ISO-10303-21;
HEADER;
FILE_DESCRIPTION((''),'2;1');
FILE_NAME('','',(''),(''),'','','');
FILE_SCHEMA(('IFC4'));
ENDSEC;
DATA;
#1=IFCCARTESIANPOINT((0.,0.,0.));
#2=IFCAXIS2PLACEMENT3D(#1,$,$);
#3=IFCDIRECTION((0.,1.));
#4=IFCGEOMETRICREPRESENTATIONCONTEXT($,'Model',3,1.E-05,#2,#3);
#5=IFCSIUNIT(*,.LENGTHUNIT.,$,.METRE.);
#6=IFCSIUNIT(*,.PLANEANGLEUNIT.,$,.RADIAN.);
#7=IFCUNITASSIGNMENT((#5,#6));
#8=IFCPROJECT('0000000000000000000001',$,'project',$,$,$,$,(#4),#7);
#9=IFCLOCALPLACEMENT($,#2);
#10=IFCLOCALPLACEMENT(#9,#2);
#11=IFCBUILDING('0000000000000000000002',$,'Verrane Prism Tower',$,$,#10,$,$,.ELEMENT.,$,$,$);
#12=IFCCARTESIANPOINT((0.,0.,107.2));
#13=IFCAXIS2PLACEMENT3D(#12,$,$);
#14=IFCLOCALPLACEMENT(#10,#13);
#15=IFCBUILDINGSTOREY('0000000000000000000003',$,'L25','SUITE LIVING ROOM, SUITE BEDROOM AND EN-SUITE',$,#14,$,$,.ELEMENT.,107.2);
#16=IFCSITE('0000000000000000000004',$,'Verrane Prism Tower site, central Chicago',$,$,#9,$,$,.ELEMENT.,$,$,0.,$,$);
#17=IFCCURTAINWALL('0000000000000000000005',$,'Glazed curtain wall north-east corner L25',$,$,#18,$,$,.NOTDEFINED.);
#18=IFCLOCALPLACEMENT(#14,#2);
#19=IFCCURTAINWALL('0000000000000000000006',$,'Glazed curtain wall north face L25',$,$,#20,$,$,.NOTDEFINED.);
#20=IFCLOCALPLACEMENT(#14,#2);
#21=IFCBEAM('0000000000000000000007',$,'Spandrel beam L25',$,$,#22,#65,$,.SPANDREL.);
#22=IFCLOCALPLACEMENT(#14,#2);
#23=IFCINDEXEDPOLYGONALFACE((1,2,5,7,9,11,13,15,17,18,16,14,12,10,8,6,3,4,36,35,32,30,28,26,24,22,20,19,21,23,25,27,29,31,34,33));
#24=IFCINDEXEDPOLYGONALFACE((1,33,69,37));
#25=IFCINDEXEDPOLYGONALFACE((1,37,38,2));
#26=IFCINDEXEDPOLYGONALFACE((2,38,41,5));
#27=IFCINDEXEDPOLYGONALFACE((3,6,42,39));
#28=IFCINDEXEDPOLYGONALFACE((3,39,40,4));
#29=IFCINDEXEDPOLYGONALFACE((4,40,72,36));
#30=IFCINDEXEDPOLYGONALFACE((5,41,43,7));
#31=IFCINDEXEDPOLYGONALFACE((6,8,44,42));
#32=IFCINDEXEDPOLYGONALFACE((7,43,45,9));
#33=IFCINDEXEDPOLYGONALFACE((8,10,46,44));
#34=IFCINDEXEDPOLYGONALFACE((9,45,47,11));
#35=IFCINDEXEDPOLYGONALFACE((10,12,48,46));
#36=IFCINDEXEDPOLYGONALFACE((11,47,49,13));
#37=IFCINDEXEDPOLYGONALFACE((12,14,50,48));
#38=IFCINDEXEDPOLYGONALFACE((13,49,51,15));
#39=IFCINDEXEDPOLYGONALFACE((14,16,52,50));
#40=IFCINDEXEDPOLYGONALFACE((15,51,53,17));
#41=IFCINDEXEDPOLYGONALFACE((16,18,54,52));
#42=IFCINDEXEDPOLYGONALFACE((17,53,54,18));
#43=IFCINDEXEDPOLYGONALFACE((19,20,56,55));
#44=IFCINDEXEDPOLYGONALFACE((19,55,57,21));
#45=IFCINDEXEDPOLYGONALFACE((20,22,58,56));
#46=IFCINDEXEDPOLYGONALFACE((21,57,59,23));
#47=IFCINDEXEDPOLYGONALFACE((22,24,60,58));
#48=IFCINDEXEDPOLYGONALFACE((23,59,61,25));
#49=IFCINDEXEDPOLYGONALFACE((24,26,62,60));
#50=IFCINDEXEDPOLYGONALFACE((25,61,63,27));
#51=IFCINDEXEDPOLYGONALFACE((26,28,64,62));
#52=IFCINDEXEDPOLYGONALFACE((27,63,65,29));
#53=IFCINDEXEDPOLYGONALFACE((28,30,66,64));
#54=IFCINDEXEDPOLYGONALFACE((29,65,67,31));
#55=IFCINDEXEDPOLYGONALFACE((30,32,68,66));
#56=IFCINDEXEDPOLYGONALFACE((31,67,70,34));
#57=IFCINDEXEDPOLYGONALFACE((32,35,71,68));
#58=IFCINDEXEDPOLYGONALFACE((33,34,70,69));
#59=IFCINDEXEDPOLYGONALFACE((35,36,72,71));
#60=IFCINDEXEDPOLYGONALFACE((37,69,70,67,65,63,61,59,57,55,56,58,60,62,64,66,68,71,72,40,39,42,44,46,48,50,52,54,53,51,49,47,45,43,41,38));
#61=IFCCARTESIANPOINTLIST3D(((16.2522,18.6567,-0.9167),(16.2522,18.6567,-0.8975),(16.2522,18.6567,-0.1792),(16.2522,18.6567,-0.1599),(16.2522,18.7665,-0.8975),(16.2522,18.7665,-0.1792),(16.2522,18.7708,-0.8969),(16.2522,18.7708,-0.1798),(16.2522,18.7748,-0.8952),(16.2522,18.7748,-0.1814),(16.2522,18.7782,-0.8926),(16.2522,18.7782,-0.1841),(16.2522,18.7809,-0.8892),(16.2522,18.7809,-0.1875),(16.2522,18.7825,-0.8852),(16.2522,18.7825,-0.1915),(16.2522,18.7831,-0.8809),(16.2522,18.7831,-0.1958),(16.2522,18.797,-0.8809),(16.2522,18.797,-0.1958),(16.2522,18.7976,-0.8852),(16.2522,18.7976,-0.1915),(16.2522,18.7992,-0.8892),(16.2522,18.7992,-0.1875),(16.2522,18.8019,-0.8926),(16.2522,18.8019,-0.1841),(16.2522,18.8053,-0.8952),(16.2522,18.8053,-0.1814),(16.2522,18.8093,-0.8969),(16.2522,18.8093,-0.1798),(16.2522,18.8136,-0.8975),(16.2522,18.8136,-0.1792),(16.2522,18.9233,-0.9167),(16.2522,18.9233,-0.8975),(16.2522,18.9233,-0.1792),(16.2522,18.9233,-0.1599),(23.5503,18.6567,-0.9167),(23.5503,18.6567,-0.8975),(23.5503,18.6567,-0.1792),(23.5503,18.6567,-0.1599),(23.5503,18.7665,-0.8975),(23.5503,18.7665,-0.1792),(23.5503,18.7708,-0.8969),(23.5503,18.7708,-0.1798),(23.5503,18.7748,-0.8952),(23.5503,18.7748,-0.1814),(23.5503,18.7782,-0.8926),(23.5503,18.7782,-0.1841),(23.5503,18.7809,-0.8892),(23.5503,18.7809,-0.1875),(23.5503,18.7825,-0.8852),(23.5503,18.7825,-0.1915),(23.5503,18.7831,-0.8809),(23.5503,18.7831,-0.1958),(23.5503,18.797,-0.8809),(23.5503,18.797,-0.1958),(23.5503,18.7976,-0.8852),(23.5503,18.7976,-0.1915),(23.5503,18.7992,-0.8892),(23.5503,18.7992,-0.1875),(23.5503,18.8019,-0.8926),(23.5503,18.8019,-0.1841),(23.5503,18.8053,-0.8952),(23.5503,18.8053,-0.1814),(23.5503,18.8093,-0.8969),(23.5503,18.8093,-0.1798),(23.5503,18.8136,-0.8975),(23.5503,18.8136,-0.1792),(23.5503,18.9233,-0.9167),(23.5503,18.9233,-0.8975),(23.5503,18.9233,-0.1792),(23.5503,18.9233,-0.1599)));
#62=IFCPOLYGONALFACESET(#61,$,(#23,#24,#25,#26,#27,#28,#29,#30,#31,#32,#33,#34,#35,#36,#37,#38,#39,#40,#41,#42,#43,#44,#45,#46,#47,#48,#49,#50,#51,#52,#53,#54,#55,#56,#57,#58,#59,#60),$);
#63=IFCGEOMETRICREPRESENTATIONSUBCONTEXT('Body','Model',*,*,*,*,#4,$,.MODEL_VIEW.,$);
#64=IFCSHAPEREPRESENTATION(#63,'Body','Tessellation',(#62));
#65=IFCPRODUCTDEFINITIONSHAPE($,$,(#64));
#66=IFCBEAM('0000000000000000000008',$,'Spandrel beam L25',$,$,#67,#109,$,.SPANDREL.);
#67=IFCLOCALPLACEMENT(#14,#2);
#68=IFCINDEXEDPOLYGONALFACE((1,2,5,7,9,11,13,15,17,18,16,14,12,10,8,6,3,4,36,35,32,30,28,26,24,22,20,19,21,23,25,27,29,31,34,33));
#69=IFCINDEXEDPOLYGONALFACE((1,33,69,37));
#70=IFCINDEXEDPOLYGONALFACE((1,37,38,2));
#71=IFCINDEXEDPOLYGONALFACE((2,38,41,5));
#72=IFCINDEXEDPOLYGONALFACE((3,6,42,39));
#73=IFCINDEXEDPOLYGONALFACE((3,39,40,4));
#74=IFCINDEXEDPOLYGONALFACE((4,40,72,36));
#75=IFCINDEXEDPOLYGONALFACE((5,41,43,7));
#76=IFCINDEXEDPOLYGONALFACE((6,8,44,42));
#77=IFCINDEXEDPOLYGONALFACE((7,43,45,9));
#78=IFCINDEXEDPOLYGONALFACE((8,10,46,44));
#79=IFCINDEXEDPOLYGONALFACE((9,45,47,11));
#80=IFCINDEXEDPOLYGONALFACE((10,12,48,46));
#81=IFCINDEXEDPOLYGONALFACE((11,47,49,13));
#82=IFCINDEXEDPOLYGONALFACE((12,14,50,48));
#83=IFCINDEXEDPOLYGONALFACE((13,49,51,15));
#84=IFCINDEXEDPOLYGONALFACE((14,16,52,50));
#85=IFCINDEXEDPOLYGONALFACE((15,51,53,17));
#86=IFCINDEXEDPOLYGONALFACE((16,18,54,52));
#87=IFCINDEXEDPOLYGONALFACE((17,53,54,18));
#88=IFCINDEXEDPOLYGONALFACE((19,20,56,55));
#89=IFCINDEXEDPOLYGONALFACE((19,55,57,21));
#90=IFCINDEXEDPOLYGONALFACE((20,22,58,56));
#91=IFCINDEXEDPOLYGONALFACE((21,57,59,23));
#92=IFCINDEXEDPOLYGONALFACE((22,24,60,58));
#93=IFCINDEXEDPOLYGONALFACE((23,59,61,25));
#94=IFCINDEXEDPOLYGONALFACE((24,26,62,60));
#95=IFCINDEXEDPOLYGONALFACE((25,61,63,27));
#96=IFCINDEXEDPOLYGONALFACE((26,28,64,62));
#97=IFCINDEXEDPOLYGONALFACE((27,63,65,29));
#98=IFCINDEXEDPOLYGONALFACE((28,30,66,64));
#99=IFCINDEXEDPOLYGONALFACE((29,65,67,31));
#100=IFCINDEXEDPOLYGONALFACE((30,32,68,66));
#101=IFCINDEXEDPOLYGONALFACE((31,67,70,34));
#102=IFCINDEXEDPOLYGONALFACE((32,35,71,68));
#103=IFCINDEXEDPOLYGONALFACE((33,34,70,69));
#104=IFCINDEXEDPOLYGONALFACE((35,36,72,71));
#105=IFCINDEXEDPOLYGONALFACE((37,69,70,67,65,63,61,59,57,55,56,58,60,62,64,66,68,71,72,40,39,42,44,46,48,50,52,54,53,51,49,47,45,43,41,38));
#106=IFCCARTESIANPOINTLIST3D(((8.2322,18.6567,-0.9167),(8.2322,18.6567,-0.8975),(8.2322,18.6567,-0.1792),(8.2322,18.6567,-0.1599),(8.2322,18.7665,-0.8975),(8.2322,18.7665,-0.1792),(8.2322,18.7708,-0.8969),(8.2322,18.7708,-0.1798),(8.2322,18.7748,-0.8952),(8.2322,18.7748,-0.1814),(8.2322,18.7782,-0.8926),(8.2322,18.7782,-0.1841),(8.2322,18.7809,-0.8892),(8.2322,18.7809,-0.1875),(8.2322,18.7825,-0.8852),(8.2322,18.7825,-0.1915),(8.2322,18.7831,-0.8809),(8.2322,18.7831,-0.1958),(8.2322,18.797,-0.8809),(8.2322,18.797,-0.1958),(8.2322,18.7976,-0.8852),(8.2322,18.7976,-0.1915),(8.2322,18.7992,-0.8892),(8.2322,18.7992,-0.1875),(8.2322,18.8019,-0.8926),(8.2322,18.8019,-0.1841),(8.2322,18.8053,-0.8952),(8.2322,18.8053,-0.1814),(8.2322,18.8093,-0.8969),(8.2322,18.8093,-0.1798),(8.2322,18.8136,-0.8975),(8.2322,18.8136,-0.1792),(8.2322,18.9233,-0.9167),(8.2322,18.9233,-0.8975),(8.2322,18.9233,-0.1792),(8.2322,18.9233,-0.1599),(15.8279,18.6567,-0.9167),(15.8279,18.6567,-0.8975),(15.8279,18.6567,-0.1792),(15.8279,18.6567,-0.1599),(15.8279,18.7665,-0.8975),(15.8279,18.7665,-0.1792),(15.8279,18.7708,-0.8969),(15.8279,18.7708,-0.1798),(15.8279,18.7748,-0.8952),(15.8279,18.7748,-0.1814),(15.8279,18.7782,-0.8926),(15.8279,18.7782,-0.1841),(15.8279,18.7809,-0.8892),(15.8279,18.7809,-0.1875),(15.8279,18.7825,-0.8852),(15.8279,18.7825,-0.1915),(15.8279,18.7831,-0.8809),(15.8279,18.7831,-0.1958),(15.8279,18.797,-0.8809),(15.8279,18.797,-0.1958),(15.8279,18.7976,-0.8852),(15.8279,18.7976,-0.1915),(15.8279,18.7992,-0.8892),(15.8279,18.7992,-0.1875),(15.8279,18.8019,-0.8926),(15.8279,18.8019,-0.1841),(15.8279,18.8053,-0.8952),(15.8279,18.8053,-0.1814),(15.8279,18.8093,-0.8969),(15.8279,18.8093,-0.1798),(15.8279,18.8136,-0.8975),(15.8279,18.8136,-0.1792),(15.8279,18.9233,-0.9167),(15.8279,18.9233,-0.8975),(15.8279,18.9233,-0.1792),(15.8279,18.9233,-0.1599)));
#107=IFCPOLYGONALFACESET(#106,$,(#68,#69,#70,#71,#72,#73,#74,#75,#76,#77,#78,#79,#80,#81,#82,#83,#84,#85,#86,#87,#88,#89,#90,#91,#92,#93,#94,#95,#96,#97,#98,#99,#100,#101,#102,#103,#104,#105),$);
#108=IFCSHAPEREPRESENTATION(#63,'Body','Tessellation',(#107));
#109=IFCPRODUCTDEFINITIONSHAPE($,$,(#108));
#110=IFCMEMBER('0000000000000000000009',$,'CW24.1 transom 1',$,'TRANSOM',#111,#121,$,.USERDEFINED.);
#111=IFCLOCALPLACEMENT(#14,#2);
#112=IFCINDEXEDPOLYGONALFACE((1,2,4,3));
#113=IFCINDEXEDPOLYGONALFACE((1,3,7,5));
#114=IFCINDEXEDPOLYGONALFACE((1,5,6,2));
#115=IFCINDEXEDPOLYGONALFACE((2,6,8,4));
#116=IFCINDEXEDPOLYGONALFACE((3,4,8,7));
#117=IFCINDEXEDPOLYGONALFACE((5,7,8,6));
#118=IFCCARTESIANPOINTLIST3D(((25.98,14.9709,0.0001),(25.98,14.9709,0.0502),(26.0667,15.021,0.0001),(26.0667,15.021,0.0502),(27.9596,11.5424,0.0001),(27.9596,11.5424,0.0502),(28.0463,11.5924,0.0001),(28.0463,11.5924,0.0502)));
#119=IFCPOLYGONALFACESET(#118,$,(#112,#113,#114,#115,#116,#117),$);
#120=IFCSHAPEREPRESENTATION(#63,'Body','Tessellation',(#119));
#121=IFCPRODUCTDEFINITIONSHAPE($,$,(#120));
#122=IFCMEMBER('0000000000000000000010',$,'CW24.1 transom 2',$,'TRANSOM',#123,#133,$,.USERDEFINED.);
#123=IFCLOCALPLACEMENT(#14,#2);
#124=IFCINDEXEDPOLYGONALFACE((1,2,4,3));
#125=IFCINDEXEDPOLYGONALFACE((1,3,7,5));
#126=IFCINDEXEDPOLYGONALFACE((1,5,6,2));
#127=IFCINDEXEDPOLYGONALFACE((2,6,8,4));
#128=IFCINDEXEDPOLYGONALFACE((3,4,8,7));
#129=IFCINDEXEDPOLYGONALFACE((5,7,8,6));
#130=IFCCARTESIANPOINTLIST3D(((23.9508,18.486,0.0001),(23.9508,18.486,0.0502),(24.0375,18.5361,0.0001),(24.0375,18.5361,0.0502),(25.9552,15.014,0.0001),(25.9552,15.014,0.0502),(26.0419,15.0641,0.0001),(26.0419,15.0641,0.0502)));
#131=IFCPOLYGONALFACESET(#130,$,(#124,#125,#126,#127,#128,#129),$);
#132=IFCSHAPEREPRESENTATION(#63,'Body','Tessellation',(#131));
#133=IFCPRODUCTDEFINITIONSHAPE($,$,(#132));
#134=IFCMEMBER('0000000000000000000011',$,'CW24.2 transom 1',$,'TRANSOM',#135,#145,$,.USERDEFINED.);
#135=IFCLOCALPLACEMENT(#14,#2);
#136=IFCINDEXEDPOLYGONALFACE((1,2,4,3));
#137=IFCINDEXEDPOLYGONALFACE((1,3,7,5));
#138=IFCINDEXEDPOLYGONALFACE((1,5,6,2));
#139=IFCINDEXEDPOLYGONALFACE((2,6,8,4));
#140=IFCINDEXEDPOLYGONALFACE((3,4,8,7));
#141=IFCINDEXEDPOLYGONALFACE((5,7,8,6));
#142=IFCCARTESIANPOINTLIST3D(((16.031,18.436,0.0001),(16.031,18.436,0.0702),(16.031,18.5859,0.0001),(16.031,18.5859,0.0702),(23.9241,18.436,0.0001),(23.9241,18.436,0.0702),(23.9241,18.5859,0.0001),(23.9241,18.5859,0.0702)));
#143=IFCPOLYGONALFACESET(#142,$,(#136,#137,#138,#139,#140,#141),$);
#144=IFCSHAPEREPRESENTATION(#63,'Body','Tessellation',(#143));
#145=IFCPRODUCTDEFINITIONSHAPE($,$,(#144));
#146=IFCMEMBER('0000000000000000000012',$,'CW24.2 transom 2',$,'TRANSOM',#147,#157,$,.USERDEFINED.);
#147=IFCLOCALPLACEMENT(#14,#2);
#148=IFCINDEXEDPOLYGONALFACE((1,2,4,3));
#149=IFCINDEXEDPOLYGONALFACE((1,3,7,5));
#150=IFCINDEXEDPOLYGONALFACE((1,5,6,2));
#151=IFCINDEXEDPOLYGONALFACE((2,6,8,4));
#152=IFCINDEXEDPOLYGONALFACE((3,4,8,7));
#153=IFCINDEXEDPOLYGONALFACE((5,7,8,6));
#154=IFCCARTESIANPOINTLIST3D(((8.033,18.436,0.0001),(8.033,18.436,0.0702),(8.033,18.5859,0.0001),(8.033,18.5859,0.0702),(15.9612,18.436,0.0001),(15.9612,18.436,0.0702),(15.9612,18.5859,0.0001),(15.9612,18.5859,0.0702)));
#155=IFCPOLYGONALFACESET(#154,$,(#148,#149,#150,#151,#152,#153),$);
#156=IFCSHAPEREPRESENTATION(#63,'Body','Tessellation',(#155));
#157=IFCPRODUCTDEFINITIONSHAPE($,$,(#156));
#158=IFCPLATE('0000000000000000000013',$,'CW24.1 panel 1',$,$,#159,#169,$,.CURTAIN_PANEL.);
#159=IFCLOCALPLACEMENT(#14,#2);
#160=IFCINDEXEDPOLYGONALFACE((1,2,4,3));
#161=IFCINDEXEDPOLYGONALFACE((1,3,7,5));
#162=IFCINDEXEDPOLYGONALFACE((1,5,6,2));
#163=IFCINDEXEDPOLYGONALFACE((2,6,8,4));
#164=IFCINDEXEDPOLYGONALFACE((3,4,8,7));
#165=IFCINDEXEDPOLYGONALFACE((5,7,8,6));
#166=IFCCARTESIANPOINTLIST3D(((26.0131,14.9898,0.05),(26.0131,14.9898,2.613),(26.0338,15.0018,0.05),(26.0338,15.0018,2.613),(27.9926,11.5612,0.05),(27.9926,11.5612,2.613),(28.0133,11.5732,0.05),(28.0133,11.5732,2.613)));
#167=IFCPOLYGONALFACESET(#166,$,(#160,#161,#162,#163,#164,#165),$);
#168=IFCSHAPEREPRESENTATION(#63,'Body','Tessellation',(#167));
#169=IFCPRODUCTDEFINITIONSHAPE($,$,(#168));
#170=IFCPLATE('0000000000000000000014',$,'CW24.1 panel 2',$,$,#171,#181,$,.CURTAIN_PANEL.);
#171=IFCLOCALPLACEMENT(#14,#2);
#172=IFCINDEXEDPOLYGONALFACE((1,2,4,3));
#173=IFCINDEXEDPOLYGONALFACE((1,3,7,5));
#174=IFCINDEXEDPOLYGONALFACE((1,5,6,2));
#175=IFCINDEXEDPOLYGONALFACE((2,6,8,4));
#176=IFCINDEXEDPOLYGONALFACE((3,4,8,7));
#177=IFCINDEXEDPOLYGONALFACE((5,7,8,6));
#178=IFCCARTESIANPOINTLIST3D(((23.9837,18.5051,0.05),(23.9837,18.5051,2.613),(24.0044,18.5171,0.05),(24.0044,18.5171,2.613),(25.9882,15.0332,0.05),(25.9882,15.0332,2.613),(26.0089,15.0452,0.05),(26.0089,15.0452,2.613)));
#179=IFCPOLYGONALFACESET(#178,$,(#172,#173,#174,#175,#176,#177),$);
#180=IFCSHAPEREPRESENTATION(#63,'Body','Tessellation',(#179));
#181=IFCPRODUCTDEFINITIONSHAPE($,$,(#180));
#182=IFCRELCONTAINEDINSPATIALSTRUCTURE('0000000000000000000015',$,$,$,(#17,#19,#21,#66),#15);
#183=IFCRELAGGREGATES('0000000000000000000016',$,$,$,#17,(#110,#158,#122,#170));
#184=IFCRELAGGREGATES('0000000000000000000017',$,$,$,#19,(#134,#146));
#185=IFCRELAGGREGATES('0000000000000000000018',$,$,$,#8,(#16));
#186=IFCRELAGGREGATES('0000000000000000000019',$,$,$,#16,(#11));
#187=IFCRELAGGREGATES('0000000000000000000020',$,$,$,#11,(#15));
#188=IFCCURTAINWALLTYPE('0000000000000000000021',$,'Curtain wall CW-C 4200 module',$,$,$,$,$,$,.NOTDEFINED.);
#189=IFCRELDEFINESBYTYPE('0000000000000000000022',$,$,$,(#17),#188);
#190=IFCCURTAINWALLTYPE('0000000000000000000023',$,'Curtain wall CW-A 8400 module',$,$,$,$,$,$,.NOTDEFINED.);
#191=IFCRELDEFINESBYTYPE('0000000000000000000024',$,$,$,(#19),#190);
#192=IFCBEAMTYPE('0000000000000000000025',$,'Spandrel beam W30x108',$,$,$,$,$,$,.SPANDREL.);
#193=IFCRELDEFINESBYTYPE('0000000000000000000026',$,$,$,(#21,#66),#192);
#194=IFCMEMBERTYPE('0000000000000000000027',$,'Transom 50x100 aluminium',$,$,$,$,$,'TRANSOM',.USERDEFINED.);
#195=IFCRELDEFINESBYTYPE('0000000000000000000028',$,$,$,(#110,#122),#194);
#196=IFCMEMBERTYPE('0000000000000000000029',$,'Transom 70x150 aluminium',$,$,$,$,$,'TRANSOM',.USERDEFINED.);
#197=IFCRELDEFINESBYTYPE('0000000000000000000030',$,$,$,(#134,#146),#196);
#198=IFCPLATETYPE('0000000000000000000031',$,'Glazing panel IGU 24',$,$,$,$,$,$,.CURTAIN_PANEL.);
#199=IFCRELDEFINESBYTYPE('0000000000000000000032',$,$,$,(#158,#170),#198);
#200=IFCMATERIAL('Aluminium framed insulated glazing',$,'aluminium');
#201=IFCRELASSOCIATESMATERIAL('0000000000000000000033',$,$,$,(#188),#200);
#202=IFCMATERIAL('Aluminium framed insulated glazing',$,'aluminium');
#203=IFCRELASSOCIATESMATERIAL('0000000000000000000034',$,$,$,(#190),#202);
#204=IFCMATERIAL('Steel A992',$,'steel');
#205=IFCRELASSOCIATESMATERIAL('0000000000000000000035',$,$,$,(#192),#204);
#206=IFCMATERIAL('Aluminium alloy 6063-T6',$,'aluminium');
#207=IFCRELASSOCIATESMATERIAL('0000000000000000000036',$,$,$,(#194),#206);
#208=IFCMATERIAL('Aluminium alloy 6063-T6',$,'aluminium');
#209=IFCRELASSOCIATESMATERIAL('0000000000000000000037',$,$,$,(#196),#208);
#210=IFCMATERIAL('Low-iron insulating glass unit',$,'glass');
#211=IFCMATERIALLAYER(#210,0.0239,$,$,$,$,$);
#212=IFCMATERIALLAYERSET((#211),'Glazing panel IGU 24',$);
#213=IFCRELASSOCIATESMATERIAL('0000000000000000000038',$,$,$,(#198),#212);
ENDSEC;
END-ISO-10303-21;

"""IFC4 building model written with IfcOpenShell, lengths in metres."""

from ifc_helpers import new_model, si_unit, direction, frame, origin, origin_2d, place, context, subcontext, project, spatial, rectangle, i_section, extrude, material, layer, layer_set, material_profile, profile_set, type_object, element, aggregate, save


model = new_model("IFC4")

# Units and contexts
model_context = context("Model", 3, precision=1e-05, world=origin(), true_north=direction((0.0, 1.0)))
body_context = subcontext(model_context, "Body", "Model", "MODEL_VIEW")
ifc_project = project(units=[si_unit("LENGTHUNIT", "METRE"), si_unit("PLANEANGLEUNIT", "RADIAN")], contexts=[model_context])

# Site, building, storey
site_placement = place(None, origin())
site = spatial("IfcSite", under=ifc_project, at=site_placement, Name="Verrane Prism Tower site, central Chicago", CompositionType="ELEMENT", RefElevation=0.0)
building_placement = place(site_placement, origin())
building = spatial("IfcBuilding", under=site, at=building_placement, Name="Verrane Prism Tower", CompositionType="ELEMENT")
storey_placement = place(building_placement, frame((0.0, 0.0, 107.2)))
storey = spatial("IfcBuildingStorey", under=building, at=storey_placement, Name="L25", Description="SUITE LIVING ROOM, SUITE BEDROOM AND EN-SUITE", CompositionType="ELEMENT", Elevation=107.2)

# Curtain walls
ifc_material_1 = material(Name="Aluminium framed insulated glazing", Category="aluminium")
curtain_wall_type_1 = type_object("IfcCurtainWallType", Name="Curtain wall CW-C 4200 module", PredefinedType="NOTDEFINED", material=ifc_material_1)
curtain_wall_1_placement = place(storey_placement, origin())
curtain_wall_1 = element("IfcCurtainWall", 1, at=curtain_wall_1_placement, inside=storey, type_object=curtain_wall_type_1, Name="Glazed curtain wall north-east corner L25", PredefinedType="NOTDEFINED")
ifc_material_2 = material(Name="Aluminium framed insulated glazing", Category="aluminium")
curtain_wall_type_2 = type_object("IfcCurtainWallType", Name="Curtain wall CW-A 8400 module", PredefinedType="NOTDEFINED", material=ifc_material_2)
curtain_wall_2_placement = place(storey_placement, origin())
curtain_wall_2 = element("IfcCurtainWall", 2, at=curtain_wall_2_placement, inside=storey, type_object=curtain_wall_type_2, Name="Glazed curtain wall north face L25", PredefinedType="NOTDEFINED")

# Beams
ifc_material_3 = material(Name="Steel A992", Category="steel")
ifc_material_profile_1 = material_profile(ifc_material_3, i_section(OverallWidth=0.2666, OverallDepth=0.7568, WebThickness=0.0139, FlangeThickness=0.0193, FilletRadius=0.0166, at=origin_2d()), Name="W30x108")
ifc_profile_set_1 = profile_set([ifc_material_profile_1], Name="Steel A992")
beam_type_1 = type_object("IfcBeamType", Name="Spandrel beam W30x108", PredefinedType="SPANDREL", material=ifc_profile_set_1)
beam_1_placement = place(storey_placement, frame((23.5503, 18.79, -0.5383), z_axis=(-1.0, 0.0, 0.0), x_axis=(0.0, -1.0, 0.0)))
element("IfcBeam", 3, at=beam_1_placement, inside=storey, type_object=beam_type_1, Name="Spandrel beam L25", PredefinedType="SPANDREL", context=body_context, shape_type="SweptSolid", body=[
    extrude(i_section(OverallWidth=0.2666, OverallDepth=0.7568, WebThickness=0.0139, FlangeThickness=0.0193, FilletRadius=0.0166, at=origin_2d()), origin(), (0.0, 0.0, 1.0), 7.2981),
])
beam_2_placement = place(storey_placement, frame((15.8279, 18.79, -0.5383), z_axis=(-1.0, 0.0, 0.0), x_axis=(0.0, -1.0, 0.0)))
element("IfcBeam", 4, at=beam_2_placement, inside=storey, type_object=beam_type_1, Name="Spandrel beam L25", PredefinedType="SPANDREL", context=body_context, shape_type="SweptSolid", body=[
    extrude(i_section(OverallWidth=0.2666, OverallDepth=0.7568, WebThickness=0.0139, FlangeThickness=0.0193, FilletRadius=0.0166, at=origin_2d()), origin(), (0.0, 0.0, 1.0), 7.5957),
])

# Members
ifc_material_4 = material(Name="Aluminium alloy 6063-T6", Category="aluminium")
ifc_material_profile_2 = material_profile(ifc_material_4, rectangle(XDim=0.1001, YDim=0.05, at=origin_2d()), Name="Transom 50x100 aluminium")
ifc_profile_set_2 = profile_set([ifc_material_profile_2], Name="Aluminium alloy 6063-T6")
member_type_1 = type_object("IfcMemberType", Name="Transom 50x100 aluminium", ElementType="TRANSOM", PredefinedType="USERDEFINED", material=ifc_profile_set_2)
member_1_placement = place(storey_placement, frame((28.0029, 11.5674, 0.0251), z_axis=(-0.500012, 0.866018, 0.0), x_axis=(-0.866018, -0.500012, 0.0)))
member_1 = element("IfcMember", 5, at=member_1_placement, type_object=member_type_1, Name="CW24.1 transom 1", ObjectType="TRANSOM", PredefinedType="USERDEFINED", context=body_context, shape_type="SweptSolid", body=[
    extrude(rectangle(XDim=0.1001, YDim=0.05, at=origin_2d()), origin(), (0.0, 0.0, 1.0), 3.959),
])
member_2_placement = place(storey_placement, frame((25.9985, 15.0391, 0.0251), z_axis=(-0.499977, 0.866039, 0.0), x_axis=(-0.866039, -0.499977, 0.0)))
member_2 = element("IfcMember", 6, at=member_2_placement, type_object=member_type_1, Name="CW24.1 transom 2", ObjectType="TRANSOM", PredefinedType="USERDEFINED", context=body_context, shape_type="SweptSolid", body=[
    extrude(rectangle(XDim=0.1001, YDim=0.05, at=origin_2d()), origin(), (0.0, 0.0, 1.0), 4.009),
])
ifc_material_5 = material(Name="Aluminium alloy 6063-T6", Category="aluminium")
ifc_material_profile_3 = material_profile(ifc_material_5, rectangle(XDim=0.1499, YDim=0.0701, at=origin_2d()), Name="Transom 70x150 aluminium")
ifc_profile_set_3 = profile_set([ifc_material_profile_3], Name="Aluminium alloy 6063-T6")
member_type_2 = type_object("IfcMemberType", Name="Transom 70x150 aluminium", ElementType="TRANSOM", PredefinedType="USERDEFINED", material=ifc_profile_set_3)
member_3_placement = place(storey_placement, frame((23.9241, 18.511, 0.0352), z_axis=(-1.0, 0.0, 0.0), x_axis=(0.0, -1.0, 0.0)))
member_3 = element("IfcMember", 7, at=member_3_placement, type_object=member_type_2, Name="CW24.2 transom 1", ObjectType="TRANSOM", PredefinedType="USERDEFINED", context=body_context, shape_type="SweptSolid", body=[
    extrude(rectangle(XDim=0.1499, YDim=0.0701, at=origin_2d()), origin(), (0.0, 0.0, 1.0), 7.8931),
])
member_4_placement = place(storey_placement, frame((15.9612, 18.511, 0.0352), z_axis=(-1.0, 0.0, 0.0), x_axis=(0.0, -1.0, 0.0)))
member_4 = element("IfcMember", 8, at=member_4_placement, type_object=member_type_2, Name="CW24.2 transom 2", ObjectType="TRANSOM", PredefinedType="USERDEFINED", context=body_context, shape_type="SweptSolid", body=[
    extrude(rectangle(XDim=0.1499, YDim=0.0701, at=origin_2d()), origin(), (0.0, 0.0, 1.0), 7.9282),
])

# Plates
ifc_material_6 = material(Name="Low-iron insulating glass unit", Category="glass")
ifc_layer_1 = layer(ifc_material_6, 0.0239)
ifc_layer_set_1 = layer_set([ifc_layer_1], Name="Glazing panel IGU 24")
plate_type_1 = type_object("IfcPlateType", Name="Glazing panel IGU 24", PredefinedType="CURTAIN_PANEL", material=ifc_layer_set_1)
plate_1_placement = place(storey_placement, frame((27.0132, 13.2815, 0.05), z_axis=(0.0, 0.0, 1.0), x_axis=(-0.499996, 0.866028, 0.0)))
plate_1 = element("IfcPlate", 9, at=plate_1_placement, type_object=plate_type_1, Name="CW24.1 panel 1", PredefinedType="CURTAIN_PANEL", context=body_context, shape_type="SweptSolid", body=[
    extrude(rectangle(XDim=3.959, YDim=0.0239, at=origin_2d()), origin(), (0.0, 0.0, 1.0), 2.563),
])
plate_2_placement = place(storey_placement, frame((24.9963, 16.7751, 0.05), z_axis=(0.0, 0.0, 1.0), x_axis=(-0.499996, 0.866028, 0.0)))
plate_2 = element("IfcPlate", 10, at=plate_2_placement, type_object=plate_type_1, Name="CW24.1 panel 2", PredefinedType="CURTAIN_PANEL", context=body_context, shape_type="SweptSolid", body=[
    extrude(rectangle(XDim=4.009, YDim=0.0239, at=origin_2d()), origin(), (0.0, 0.0, 1.0), 2.563),
])
aggregate(curtain_wall_1, [member_1, plate_1, member_2, plate_2])
aggregate(curtain_wall_2, [member_3, member_4])

save(model, "model.ifc")
